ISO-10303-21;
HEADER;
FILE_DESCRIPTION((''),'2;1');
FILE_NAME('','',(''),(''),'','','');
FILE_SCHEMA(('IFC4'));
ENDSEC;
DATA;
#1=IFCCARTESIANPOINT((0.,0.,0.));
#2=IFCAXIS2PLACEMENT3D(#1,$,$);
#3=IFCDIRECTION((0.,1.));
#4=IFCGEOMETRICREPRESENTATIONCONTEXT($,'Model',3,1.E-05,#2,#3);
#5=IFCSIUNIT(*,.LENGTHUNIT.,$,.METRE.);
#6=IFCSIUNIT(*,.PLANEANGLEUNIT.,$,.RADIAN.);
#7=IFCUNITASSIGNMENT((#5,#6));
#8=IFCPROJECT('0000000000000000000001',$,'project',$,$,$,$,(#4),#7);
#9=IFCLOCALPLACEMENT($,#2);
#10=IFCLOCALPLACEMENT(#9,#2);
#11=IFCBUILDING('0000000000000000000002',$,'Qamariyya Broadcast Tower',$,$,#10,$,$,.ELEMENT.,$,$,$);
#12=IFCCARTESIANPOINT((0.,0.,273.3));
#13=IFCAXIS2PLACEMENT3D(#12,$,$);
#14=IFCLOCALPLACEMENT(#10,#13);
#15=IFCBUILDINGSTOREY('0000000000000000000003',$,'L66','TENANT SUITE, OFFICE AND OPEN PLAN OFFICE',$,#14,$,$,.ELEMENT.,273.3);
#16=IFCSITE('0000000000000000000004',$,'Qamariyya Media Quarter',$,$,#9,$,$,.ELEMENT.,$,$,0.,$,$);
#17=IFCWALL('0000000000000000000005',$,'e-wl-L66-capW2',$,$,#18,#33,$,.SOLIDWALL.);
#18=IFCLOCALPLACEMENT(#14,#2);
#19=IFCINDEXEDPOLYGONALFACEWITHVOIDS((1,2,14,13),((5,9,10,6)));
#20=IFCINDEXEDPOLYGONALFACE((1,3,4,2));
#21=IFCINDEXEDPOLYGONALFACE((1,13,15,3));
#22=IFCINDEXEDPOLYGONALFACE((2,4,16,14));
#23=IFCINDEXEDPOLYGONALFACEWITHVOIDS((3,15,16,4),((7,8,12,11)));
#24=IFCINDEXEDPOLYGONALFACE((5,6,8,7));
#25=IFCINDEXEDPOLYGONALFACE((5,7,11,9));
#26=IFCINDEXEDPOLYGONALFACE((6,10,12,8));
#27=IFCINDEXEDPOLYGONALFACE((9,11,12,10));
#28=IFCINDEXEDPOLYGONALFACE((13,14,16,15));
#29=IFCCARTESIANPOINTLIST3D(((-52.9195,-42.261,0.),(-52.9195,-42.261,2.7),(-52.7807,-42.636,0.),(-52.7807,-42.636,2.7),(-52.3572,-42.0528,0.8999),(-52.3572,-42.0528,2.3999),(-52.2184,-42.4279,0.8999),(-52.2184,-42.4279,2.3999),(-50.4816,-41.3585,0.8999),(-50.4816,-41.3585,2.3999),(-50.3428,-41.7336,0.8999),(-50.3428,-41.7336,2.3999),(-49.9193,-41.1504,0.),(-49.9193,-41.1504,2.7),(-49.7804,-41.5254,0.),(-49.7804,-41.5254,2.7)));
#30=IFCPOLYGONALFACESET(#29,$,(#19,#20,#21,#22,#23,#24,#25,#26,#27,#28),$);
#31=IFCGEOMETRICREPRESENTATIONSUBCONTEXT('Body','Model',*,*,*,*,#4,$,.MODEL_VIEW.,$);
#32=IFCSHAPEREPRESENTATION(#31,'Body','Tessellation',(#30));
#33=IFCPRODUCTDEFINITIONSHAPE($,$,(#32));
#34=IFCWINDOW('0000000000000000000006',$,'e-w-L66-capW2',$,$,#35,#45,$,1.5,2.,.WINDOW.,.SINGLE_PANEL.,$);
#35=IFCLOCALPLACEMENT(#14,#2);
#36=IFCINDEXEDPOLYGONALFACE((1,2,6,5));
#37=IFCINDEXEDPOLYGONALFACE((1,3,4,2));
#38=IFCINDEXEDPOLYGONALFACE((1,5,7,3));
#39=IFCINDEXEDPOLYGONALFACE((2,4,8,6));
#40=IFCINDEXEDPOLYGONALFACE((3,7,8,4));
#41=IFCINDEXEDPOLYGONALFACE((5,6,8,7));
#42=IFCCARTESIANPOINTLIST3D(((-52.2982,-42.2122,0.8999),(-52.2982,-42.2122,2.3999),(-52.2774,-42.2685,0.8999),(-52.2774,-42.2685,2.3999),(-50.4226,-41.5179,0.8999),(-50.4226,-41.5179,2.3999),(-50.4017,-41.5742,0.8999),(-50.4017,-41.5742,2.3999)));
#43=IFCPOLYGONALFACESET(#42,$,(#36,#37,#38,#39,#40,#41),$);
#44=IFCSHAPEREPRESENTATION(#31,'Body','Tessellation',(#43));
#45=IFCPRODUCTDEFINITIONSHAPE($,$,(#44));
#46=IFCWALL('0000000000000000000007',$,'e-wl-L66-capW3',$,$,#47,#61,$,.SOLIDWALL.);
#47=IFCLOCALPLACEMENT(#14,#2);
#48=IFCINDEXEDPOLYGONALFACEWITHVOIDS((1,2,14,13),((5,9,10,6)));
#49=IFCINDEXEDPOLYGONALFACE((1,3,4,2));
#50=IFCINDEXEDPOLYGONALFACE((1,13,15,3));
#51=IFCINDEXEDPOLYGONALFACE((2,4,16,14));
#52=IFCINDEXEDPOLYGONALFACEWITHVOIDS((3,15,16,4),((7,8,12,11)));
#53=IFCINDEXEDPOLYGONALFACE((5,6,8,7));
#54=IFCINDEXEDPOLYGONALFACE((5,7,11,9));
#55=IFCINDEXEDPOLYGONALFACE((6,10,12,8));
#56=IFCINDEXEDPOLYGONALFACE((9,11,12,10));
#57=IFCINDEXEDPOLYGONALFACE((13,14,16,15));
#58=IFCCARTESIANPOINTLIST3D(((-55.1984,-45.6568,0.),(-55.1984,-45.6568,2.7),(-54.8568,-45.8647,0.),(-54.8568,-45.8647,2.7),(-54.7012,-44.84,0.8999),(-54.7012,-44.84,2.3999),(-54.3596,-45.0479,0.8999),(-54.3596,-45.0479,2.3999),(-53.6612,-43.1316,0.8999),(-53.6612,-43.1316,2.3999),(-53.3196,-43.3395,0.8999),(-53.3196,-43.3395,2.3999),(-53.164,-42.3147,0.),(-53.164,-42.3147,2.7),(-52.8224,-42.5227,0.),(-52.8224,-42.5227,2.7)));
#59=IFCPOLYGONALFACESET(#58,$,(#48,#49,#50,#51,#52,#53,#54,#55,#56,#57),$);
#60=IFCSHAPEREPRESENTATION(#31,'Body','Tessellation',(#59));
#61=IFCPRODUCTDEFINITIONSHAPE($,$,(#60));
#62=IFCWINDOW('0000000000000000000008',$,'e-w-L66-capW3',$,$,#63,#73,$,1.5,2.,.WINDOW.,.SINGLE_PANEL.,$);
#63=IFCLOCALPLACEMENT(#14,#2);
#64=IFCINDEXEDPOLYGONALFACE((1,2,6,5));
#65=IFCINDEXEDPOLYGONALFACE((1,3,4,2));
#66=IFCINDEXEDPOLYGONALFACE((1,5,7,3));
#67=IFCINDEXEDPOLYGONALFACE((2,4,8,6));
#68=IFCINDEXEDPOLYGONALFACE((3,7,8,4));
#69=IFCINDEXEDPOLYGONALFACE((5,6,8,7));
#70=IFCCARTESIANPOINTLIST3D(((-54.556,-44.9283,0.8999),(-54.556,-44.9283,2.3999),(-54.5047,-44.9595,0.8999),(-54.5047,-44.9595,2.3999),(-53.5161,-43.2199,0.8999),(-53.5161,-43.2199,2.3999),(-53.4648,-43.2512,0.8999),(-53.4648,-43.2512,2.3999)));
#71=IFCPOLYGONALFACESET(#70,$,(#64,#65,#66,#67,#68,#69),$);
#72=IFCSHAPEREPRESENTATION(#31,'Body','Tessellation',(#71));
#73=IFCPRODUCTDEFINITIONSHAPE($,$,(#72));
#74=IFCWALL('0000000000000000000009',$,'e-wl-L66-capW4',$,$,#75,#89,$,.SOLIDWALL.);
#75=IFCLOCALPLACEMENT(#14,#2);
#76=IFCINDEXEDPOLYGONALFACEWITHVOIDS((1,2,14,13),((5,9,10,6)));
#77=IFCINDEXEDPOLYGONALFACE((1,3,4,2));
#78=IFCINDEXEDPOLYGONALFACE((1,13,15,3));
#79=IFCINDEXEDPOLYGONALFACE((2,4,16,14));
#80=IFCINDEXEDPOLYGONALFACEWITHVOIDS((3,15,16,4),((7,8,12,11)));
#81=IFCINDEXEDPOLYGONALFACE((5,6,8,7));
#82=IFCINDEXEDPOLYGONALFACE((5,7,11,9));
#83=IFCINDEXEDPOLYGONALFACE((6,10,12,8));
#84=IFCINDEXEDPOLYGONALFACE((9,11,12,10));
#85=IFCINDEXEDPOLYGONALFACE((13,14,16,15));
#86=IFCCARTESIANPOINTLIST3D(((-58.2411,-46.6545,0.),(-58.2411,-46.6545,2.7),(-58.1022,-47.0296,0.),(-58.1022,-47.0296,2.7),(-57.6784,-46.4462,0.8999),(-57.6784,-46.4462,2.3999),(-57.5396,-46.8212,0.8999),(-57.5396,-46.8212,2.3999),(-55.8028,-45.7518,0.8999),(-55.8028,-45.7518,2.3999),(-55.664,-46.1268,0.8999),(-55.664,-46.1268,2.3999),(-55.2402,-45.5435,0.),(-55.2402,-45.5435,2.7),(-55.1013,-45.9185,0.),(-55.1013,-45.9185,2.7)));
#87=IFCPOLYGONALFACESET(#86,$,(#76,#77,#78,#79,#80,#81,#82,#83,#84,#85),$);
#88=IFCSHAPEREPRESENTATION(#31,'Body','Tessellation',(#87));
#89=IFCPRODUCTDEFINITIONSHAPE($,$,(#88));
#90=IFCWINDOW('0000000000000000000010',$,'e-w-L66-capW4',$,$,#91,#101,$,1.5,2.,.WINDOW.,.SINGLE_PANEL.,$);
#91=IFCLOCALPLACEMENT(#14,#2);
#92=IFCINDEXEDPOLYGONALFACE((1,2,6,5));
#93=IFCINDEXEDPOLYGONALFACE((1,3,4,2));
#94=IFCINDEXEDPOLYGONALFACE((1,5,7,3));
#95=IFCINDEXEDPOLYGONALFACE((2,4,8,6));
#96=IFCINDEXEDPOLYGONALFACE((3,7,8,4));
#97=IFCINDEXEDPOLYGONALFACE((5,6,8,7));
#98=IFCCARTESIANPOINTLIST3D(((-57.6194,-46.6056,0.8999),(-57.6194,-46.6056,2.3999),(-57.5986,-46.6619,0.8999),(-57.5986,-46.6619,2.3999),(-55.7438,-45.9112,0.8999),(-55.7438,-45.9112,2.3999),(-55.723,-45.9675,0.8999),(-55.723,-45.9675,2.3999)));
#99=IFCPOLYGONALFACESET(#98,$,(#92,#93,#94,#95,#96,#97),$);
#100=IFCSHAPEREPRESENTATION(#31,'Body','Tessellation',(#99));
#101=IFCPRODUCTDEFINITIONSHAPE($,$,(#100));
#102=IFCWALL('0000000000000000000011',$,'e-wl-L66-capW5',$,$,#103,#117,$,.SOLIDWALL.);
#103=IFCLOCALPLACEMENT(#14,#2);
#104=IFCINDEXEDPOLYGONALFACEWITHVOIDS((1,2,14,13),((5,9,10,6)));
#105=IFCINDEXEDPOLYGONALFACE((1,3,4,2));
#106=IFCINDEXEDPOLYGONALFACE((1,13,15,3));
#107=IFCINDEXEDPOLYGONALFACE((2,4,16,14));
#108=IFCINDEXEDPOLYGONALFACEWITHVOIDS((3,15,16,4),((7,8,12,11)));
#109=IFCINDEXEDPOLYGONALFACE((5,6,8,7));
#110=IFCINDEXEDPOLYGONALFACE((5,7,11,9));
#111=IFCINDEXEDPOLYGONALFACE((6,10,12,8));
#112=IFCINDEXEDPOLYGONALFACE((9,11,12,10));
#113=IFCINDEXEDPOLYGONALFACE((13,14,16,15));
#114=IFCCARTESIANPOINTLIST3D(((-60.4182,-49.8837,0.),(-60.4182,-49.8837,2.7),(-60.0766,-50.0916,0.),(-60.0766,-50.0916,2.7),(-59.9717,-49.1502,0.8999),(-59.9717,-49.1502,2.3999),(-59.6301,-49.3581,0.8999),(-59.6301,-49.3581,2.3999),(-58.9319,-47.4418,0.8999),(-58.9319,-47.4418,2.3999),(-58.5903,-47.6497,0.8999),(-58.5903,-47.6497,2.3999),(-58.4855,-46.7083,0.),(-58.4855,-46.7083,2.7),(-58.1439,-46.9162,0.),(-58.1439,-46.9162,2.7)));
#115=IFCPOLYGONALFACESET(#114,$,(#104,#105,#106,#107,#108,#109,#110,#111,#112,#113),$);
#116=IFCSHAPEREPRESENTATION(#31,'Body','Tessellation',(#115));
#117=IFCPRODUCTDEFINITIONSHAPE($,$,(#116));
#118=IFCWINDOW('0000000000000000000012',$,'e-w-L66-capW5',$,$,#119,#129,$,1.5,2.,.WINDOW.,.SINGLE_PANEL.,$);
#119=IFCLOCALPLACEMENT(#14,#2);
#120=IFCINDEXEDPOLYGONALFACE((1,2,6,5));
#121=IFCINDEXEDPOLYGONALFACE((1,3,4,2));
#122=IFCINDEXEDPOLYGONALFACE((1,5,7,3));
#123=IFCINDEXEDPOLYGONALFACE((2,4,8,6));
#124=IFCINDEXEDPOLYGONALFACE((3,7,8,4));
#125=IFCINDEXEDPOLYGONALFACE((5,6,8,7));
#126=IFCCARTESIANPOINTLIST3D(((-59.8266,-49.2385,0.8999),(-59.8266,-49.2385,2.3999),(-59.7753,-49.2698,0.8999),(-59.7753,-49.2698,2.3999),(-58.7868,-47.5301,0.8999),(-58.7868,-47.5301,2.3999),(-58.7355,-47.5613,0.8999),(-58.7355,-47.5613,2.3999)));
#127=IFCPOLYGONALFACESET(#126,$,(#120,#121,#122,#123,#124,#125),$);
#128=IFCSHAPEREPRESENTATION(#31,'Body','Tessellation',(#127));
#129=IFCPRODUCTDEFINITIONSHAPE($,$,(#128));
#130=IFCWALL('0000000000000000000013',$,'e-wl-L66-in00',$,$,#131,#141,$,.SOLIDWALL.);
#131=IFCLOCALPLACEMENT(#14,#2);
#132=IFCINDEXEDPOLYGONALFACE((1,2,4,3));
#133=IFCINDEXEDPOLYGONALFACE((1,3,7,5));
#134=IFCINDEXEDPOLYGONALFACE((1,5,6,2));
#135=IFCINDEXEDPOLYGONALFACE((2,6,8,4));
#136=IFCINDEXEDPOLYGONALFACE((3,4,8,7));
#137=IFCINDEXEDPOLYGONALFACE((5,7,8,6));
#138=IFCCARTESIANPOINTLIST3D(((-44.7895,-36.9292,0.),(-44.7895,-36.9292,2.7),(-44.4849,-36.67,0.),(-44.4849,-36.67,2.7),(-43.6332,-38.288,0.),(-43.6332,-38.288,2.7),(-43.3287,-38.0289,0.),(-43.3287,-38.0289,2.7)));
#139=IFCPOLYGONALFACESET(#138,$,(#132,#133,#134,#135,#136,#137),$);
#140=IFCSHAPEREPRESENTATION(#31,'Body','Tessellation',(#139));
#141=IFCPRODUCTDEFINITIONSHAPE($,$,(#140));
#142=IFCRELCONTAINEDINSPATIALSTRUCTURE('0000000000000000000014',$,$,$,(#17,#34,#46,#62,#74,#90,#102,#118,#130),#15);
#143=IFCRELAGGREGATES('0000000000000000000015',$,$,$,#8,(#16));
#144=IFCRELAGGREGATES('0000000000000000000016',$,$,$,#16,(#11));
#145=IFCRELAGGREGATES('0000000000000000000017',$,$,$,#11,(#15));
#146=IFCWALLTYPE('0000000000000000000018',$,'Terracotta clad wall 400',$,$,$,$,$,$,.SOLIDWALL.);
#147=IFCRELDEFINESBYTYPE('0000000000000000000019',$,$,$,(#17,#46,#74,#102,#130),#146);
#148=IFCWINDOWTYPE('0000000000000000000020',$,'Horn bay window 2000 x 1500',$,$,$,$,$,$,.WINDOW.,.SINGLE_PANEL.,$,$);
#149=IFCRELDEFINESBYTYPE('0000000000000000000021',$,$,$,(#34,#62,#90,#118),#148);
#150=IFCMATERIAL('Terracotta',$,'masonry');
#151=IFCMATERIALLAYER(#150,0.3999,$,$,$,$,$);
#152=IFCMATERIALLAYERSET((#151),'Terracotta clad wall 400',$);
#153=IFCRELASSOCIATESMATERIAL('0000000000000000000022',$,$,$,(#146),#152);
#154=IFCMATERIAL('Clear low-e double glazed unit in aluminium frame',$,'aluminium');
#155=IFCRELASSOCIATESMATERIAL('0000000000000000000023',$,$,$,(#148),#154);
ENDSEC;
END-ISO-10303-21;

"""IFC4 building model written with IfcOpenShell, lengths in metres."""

from ifc_helpers import new_model, si_unit, direction, frame, frame_2d, origin, place, context, subcontext, project, spatial, rectangle, extrude, material, layer, layer_set, type_object, element, fill, save


model = new_model("IFC4")

# Units and contexts
model_context = context("Model", 3, precision=1e-05, world=origin(), true_north=direction((0.0, 1.0)))
body_context = subcontext(model_context, "Body", "Model", "MODEL_VIEW")
ifc_project = project(units=[si_unit("LENGTHUNIT", "METRE"), si_unit("PLANEANGLEUNIT", "RADIAN")], contexts=[model_context])

# Site, building, storey
site_placement = place(None, origin())
site = spatial("IfcSite", under=ifc_project, at=site_placement, Name="Qamariyya Media Quarter", CompositionType="ELEMENT", RefElevation=0.0)
building_placement = place(site_placement, origin())
building = spatial("IfcBuilding", under=site, at=building_placement, Name="Qamariyya Broadcast Tower", CompositionType="ELEMENT")
storey_placement = place(building_placement, frame((0.0, 0.0, 273.3)))
storey = spatial("IfcBuildingStorey", under=building, at=storey_placement, Name="L66", Description="TENANT SUITE, OFFICE AND OPEN PLAN OFFICE", CompositionType="ELEMENT", Elevation=273.3)

# Walls, openings, windows
ifc_material_1 = material(Name="Terracotta", Category="masonry")
ifc_layer = layer(ifc_material_1, 0.3999)
ifc_layer_set = layer_set([ifc_layer], Name="Terracotta clad wall 400")
wall_type = type_object("IfcWallType", Name="Terracotta clad wall 400", PredefinedType="SOLIDWALL", material=ifc_layer_set)
ifc_material_2 = material(Name="Clear low-e double glazed unit in aluminium frame", Category="aluminium")
window_type = type_object("IfcWindowType", Name="Horn bay window 2000 x 1500", PartitioningType="SINGLE_PANEL", PredefinedType="WINDOW", material=ifc_material_2)
wall_1_placement = place(storey_placement, frame((-49.8499, -41.3379, 0.0), z_axis=(0.0, 0.0, 1.0), x_axis=(-0.93781, -0.347148, 0.0)))
wall_1 = element("IfcWall", 1, at=wall_1_placement, inside=storey, type_object=wall_type, Name="e-wl-L66-capW2", PredefinedType="SOLIDWALL", context=body_context, shape_type="SweptSolid", body=[
    extrude(rectangle(XDim=3.1992, YDim=0.3999, at=frame_2d((1.5996, 0.0))), origin(), (0.0, 0.0, 1.0), 2.7),
])
opening_1_placement = place(wall_1_placement, frame((0.5996, 0.0, 0.8999)))
opening_1 = element("IfcOpeningElement", 2, at=opening_1_placement, cuts=wall_1, PredefinedType="OPENING", context=body_context, shape_type="SweptSolid", body=[
    extrude(rectangle(XDim=2.0, YDim=1.5, at=frame_2d((1.0, 0.75))), frame((0.0, 0.21, 0.0), z_axis=(0.0, -1.0, 0.0), x_axis=(1.0, 0.0, 0.0)), (0.0, 0.0, 1.0), 0.4199),
])
window_1_placement = place(opening_1_placement, origin())
window_1 = element("IfcWindow", 3, at=window_1_placement, inside=storey, type_object=window_type, Name="e-w-L66-capW2", OverallHeight=1.5, OverallWidth=2.0, PartitioningType="SINGLE_PANEL", PredefinedType="WINDOW", context=body_context, shape_type="SweptSolid", body=[
    extrude(rectangle(XDim=2.0, YDim=1.5, at=frame_2d((1.0, 0.75))), frame((0.0, 0.03, 0.0), z_axis=(0.0, -1.0, 0.0), x_axis=(1.0, 0.0, 0.0)), (0.0, 0.0, 1.0), 0.0601),
])
fill(opening_1, window_1)
wall_2_placement = place(storey_placement, frame((-52.9932, -42.4187, 0.0), z_axis=(0.0, 0.0, 1.0), x_axis=(-0.519973, -0.854183, 0.0)))
wall_2 = element("IfcWall", 4, at=wall_2_placement, inside=storey, type_object=wall_type, Name="e-wl-L66-capW3", PredefinedType="SOLIDWALL", context=body_context, shape_type="SweptSolid", body=[
    extrude(rectangle(XDim=3.9126, YDim=0.3999, at=frame_2d((1.9563, 0.0))), origin(), (0.0, 0.0, 1.0), 2.7),
])
opening_2_placement = place(wall_2_placement, frame((0.9563, 0.0, 0.8999)))
opening_2 = element("IfcOpeningElement", 5, at=opening_2_placement, cuts=wall_2, PredefinedType="OPENING", context=body_context, shape_type="SweptSolid", body=[
    extrude(rectangle(XDim=2.0, YDim=1.5, at=frame_2d((1.0, 0.75))), frame((0.0, 0.21, 0.0), z_axis=(0.0, -1.0, 0.0), x_axis=(1.0, 0.0, 0.0)), (0.0, 0.0, 1.0), 0.4199),
])
window_2_placement = place(opening_2_placement, origin())
window_2 = element("IfcWindow", 6, at=window_2_placement, inside=storey, type_object=window_type, Name="e-w-L66-capW3", OverallHeight=1.5, OverallWidth=2.0, PartitioningType="SINGLE_PANEL", PredefinedType="WINDOW", context=body_context, shape_type="SweptSolid", body=[
    extrude(rectangle(XDim=2.0, YDim=1.5, at=frame_2d((1.0, 0.75))), frame((0.0, 0.03, 0.0), z_axis=(0.0, -1.0, 0.0), x_axis=(1.0, 0.0, 0.0)), (0.0, 0.0, 1.0), 0.0601),
])
fill(opening_2, window_2)
wall_3_placement = place(storey_placement, frame((-55.1707, -45.731, 0.0), z_axis=(0.0, 0.0, 1.0), x_axis=(-0.937788, -0.347208, 0.0)))
wall_3 = element("IfcWall", 7, at=wall_3_placement, inside=storey, type_object=wall_type, Name="e-wl-L66-capW4", PredefinedType="SOLIDWALL", context=body_context, shape_type="SweptSolid", body=[
    extrude(rectangle(XDim=3.2, YDim=0.3999, at=frame_2d((1.6001, 0.0))), origin(), (0.0, 0.0, 1.0), 2.7),
])
opening_3_placement = place(wall_3_placement, frame((0.6001, 0.0, 0.8999)))
opening_3 = element("IfcOpeningElement", 8, at=opening_3_placement, cuts=wall_3, PredefinedType="OPENING", context=body_context, shape_type="SweptSolid", body=[
    extrude(rectangle(XDim=2.0, YDim=1.5, at=frame_2d((1.0, 0.75))), frame((0.0, 0.21, 0.0), z_axis=(0.0, -1.0, 0.0), x_axis=(1.0, 0.0, 0.0)), (0.0, 0.0, 1.0), 0.4199),
])
window_3_placement = place(opening_3_placement, origin())
window_3 = element("IfcWindow", 9, at=window_3_placement, inside=storey, type_object=window_type, Name="e-w-L66-capW4", OverallHeight=1.5, OverallWidth=2.0, PartitioningType="SINGLE_PANEL", PredefinedType="WINDOW", context=body_context, shape_type="SweptSolid", body=[
    extrude(rectangle(XDim=2.0, YDim=1.5, at=frame_2d((1.0, 0.75))), frame((0.0, 0.03, 0.0), z_axis=(0.0, -1.0, 0.0), x_axis=(1.0, 0.0, 0.0)), (0.0, 0.0, 1.0), 0.0601),
])
fill(opening_3, window_3)
wall_4_placement = place(storey_placement, frame((-58.3147, -46.8123, 0.0), z_axis=(0.0, 0.0, 1.0), x_axis=(-0.519914, -0.854219, 0.0)))
wall_4 = element("IfcWall", 10, at=wall_4_placement, inside=storey, type_object=wall_type, Name="e-wl-L66-capW5", PredefinedType="SOLIDWALL", context=body_context, shape_type="SweptSolid", body=[
    extrude(rectangle(XDim=3.7173, YDim=0.3999, at=frame_2d((1.8586, 0.0))), origin(), (0.0, 0.0, 1.0), 2.7),
])
opening_4_placement = place(wall_4_placement, frame((0.8586, 0.0, 0.8999)))
opening_4 = element("IfcOpeningElement", 11, at=opening_4_placement, cuts=wall_4, PredefinedType="OPENING", context=body_context, shape_type="SweptSolid", body=[
    extrude(rectangle(XDim=2.0, YDim=1.5, at=frame_2d((1.0, 0.75))), frame((0.0, 0.21, 0.0), z_axis=(0.0, -1.0, 0.0), x_axis=(1.0, 0.0, 0.0)), (0.0, 0.0, 1.0), 0.4199),
])
window_4_placement = place(opening_4_placement, origin())
window_4 = element("IfcWindow", 12, at=window_4_placement, inside=storey, type_object=window_type, Name="e-w-L66-capW5", OverallHeight=1.5, OverallWidth=2.0, PartitioningType="SINGLE_PANEL", PredefinedType="WINDOW", context=body_context, shape_type="SweptSolid", body=[
    extrude(rectangle(XDim=2.0, YDim=1.5, at=frame_2d((1.0, 0.75))), frame((0.0, 0.03, 0.0), z_axis=(0.0, -1.0, 0.0), x_axis=(1.0, 0.0, 0.0)), (0.0, 0.0, 1.0), 0.0601),
])
fill(opening_4, window_4)

# Wall
wall_5_placement = place(storey_placement, frame((-43.481, -38.1584, 0.0), z_axis=(0.0, 0.0, 1.0), x_axis=(-0.648038, 0.761608, 0.0)))
element("IfcWall", 13, at=wall_5_placement, inside=storey, type_object=wall_type, Name="e-wl-L66-in00", PredefinedType="SOLIDWALL", context=body_context, shape_type="SweptSolid", body=[
    extrude(rectangle(XDim=1.7842, YDim=0.3999, at=frame_2d((0.8921, 0.0))), origin(), (0.0, 0.0, 1.0), 2.7),
])

save(model, "model.ifc")
